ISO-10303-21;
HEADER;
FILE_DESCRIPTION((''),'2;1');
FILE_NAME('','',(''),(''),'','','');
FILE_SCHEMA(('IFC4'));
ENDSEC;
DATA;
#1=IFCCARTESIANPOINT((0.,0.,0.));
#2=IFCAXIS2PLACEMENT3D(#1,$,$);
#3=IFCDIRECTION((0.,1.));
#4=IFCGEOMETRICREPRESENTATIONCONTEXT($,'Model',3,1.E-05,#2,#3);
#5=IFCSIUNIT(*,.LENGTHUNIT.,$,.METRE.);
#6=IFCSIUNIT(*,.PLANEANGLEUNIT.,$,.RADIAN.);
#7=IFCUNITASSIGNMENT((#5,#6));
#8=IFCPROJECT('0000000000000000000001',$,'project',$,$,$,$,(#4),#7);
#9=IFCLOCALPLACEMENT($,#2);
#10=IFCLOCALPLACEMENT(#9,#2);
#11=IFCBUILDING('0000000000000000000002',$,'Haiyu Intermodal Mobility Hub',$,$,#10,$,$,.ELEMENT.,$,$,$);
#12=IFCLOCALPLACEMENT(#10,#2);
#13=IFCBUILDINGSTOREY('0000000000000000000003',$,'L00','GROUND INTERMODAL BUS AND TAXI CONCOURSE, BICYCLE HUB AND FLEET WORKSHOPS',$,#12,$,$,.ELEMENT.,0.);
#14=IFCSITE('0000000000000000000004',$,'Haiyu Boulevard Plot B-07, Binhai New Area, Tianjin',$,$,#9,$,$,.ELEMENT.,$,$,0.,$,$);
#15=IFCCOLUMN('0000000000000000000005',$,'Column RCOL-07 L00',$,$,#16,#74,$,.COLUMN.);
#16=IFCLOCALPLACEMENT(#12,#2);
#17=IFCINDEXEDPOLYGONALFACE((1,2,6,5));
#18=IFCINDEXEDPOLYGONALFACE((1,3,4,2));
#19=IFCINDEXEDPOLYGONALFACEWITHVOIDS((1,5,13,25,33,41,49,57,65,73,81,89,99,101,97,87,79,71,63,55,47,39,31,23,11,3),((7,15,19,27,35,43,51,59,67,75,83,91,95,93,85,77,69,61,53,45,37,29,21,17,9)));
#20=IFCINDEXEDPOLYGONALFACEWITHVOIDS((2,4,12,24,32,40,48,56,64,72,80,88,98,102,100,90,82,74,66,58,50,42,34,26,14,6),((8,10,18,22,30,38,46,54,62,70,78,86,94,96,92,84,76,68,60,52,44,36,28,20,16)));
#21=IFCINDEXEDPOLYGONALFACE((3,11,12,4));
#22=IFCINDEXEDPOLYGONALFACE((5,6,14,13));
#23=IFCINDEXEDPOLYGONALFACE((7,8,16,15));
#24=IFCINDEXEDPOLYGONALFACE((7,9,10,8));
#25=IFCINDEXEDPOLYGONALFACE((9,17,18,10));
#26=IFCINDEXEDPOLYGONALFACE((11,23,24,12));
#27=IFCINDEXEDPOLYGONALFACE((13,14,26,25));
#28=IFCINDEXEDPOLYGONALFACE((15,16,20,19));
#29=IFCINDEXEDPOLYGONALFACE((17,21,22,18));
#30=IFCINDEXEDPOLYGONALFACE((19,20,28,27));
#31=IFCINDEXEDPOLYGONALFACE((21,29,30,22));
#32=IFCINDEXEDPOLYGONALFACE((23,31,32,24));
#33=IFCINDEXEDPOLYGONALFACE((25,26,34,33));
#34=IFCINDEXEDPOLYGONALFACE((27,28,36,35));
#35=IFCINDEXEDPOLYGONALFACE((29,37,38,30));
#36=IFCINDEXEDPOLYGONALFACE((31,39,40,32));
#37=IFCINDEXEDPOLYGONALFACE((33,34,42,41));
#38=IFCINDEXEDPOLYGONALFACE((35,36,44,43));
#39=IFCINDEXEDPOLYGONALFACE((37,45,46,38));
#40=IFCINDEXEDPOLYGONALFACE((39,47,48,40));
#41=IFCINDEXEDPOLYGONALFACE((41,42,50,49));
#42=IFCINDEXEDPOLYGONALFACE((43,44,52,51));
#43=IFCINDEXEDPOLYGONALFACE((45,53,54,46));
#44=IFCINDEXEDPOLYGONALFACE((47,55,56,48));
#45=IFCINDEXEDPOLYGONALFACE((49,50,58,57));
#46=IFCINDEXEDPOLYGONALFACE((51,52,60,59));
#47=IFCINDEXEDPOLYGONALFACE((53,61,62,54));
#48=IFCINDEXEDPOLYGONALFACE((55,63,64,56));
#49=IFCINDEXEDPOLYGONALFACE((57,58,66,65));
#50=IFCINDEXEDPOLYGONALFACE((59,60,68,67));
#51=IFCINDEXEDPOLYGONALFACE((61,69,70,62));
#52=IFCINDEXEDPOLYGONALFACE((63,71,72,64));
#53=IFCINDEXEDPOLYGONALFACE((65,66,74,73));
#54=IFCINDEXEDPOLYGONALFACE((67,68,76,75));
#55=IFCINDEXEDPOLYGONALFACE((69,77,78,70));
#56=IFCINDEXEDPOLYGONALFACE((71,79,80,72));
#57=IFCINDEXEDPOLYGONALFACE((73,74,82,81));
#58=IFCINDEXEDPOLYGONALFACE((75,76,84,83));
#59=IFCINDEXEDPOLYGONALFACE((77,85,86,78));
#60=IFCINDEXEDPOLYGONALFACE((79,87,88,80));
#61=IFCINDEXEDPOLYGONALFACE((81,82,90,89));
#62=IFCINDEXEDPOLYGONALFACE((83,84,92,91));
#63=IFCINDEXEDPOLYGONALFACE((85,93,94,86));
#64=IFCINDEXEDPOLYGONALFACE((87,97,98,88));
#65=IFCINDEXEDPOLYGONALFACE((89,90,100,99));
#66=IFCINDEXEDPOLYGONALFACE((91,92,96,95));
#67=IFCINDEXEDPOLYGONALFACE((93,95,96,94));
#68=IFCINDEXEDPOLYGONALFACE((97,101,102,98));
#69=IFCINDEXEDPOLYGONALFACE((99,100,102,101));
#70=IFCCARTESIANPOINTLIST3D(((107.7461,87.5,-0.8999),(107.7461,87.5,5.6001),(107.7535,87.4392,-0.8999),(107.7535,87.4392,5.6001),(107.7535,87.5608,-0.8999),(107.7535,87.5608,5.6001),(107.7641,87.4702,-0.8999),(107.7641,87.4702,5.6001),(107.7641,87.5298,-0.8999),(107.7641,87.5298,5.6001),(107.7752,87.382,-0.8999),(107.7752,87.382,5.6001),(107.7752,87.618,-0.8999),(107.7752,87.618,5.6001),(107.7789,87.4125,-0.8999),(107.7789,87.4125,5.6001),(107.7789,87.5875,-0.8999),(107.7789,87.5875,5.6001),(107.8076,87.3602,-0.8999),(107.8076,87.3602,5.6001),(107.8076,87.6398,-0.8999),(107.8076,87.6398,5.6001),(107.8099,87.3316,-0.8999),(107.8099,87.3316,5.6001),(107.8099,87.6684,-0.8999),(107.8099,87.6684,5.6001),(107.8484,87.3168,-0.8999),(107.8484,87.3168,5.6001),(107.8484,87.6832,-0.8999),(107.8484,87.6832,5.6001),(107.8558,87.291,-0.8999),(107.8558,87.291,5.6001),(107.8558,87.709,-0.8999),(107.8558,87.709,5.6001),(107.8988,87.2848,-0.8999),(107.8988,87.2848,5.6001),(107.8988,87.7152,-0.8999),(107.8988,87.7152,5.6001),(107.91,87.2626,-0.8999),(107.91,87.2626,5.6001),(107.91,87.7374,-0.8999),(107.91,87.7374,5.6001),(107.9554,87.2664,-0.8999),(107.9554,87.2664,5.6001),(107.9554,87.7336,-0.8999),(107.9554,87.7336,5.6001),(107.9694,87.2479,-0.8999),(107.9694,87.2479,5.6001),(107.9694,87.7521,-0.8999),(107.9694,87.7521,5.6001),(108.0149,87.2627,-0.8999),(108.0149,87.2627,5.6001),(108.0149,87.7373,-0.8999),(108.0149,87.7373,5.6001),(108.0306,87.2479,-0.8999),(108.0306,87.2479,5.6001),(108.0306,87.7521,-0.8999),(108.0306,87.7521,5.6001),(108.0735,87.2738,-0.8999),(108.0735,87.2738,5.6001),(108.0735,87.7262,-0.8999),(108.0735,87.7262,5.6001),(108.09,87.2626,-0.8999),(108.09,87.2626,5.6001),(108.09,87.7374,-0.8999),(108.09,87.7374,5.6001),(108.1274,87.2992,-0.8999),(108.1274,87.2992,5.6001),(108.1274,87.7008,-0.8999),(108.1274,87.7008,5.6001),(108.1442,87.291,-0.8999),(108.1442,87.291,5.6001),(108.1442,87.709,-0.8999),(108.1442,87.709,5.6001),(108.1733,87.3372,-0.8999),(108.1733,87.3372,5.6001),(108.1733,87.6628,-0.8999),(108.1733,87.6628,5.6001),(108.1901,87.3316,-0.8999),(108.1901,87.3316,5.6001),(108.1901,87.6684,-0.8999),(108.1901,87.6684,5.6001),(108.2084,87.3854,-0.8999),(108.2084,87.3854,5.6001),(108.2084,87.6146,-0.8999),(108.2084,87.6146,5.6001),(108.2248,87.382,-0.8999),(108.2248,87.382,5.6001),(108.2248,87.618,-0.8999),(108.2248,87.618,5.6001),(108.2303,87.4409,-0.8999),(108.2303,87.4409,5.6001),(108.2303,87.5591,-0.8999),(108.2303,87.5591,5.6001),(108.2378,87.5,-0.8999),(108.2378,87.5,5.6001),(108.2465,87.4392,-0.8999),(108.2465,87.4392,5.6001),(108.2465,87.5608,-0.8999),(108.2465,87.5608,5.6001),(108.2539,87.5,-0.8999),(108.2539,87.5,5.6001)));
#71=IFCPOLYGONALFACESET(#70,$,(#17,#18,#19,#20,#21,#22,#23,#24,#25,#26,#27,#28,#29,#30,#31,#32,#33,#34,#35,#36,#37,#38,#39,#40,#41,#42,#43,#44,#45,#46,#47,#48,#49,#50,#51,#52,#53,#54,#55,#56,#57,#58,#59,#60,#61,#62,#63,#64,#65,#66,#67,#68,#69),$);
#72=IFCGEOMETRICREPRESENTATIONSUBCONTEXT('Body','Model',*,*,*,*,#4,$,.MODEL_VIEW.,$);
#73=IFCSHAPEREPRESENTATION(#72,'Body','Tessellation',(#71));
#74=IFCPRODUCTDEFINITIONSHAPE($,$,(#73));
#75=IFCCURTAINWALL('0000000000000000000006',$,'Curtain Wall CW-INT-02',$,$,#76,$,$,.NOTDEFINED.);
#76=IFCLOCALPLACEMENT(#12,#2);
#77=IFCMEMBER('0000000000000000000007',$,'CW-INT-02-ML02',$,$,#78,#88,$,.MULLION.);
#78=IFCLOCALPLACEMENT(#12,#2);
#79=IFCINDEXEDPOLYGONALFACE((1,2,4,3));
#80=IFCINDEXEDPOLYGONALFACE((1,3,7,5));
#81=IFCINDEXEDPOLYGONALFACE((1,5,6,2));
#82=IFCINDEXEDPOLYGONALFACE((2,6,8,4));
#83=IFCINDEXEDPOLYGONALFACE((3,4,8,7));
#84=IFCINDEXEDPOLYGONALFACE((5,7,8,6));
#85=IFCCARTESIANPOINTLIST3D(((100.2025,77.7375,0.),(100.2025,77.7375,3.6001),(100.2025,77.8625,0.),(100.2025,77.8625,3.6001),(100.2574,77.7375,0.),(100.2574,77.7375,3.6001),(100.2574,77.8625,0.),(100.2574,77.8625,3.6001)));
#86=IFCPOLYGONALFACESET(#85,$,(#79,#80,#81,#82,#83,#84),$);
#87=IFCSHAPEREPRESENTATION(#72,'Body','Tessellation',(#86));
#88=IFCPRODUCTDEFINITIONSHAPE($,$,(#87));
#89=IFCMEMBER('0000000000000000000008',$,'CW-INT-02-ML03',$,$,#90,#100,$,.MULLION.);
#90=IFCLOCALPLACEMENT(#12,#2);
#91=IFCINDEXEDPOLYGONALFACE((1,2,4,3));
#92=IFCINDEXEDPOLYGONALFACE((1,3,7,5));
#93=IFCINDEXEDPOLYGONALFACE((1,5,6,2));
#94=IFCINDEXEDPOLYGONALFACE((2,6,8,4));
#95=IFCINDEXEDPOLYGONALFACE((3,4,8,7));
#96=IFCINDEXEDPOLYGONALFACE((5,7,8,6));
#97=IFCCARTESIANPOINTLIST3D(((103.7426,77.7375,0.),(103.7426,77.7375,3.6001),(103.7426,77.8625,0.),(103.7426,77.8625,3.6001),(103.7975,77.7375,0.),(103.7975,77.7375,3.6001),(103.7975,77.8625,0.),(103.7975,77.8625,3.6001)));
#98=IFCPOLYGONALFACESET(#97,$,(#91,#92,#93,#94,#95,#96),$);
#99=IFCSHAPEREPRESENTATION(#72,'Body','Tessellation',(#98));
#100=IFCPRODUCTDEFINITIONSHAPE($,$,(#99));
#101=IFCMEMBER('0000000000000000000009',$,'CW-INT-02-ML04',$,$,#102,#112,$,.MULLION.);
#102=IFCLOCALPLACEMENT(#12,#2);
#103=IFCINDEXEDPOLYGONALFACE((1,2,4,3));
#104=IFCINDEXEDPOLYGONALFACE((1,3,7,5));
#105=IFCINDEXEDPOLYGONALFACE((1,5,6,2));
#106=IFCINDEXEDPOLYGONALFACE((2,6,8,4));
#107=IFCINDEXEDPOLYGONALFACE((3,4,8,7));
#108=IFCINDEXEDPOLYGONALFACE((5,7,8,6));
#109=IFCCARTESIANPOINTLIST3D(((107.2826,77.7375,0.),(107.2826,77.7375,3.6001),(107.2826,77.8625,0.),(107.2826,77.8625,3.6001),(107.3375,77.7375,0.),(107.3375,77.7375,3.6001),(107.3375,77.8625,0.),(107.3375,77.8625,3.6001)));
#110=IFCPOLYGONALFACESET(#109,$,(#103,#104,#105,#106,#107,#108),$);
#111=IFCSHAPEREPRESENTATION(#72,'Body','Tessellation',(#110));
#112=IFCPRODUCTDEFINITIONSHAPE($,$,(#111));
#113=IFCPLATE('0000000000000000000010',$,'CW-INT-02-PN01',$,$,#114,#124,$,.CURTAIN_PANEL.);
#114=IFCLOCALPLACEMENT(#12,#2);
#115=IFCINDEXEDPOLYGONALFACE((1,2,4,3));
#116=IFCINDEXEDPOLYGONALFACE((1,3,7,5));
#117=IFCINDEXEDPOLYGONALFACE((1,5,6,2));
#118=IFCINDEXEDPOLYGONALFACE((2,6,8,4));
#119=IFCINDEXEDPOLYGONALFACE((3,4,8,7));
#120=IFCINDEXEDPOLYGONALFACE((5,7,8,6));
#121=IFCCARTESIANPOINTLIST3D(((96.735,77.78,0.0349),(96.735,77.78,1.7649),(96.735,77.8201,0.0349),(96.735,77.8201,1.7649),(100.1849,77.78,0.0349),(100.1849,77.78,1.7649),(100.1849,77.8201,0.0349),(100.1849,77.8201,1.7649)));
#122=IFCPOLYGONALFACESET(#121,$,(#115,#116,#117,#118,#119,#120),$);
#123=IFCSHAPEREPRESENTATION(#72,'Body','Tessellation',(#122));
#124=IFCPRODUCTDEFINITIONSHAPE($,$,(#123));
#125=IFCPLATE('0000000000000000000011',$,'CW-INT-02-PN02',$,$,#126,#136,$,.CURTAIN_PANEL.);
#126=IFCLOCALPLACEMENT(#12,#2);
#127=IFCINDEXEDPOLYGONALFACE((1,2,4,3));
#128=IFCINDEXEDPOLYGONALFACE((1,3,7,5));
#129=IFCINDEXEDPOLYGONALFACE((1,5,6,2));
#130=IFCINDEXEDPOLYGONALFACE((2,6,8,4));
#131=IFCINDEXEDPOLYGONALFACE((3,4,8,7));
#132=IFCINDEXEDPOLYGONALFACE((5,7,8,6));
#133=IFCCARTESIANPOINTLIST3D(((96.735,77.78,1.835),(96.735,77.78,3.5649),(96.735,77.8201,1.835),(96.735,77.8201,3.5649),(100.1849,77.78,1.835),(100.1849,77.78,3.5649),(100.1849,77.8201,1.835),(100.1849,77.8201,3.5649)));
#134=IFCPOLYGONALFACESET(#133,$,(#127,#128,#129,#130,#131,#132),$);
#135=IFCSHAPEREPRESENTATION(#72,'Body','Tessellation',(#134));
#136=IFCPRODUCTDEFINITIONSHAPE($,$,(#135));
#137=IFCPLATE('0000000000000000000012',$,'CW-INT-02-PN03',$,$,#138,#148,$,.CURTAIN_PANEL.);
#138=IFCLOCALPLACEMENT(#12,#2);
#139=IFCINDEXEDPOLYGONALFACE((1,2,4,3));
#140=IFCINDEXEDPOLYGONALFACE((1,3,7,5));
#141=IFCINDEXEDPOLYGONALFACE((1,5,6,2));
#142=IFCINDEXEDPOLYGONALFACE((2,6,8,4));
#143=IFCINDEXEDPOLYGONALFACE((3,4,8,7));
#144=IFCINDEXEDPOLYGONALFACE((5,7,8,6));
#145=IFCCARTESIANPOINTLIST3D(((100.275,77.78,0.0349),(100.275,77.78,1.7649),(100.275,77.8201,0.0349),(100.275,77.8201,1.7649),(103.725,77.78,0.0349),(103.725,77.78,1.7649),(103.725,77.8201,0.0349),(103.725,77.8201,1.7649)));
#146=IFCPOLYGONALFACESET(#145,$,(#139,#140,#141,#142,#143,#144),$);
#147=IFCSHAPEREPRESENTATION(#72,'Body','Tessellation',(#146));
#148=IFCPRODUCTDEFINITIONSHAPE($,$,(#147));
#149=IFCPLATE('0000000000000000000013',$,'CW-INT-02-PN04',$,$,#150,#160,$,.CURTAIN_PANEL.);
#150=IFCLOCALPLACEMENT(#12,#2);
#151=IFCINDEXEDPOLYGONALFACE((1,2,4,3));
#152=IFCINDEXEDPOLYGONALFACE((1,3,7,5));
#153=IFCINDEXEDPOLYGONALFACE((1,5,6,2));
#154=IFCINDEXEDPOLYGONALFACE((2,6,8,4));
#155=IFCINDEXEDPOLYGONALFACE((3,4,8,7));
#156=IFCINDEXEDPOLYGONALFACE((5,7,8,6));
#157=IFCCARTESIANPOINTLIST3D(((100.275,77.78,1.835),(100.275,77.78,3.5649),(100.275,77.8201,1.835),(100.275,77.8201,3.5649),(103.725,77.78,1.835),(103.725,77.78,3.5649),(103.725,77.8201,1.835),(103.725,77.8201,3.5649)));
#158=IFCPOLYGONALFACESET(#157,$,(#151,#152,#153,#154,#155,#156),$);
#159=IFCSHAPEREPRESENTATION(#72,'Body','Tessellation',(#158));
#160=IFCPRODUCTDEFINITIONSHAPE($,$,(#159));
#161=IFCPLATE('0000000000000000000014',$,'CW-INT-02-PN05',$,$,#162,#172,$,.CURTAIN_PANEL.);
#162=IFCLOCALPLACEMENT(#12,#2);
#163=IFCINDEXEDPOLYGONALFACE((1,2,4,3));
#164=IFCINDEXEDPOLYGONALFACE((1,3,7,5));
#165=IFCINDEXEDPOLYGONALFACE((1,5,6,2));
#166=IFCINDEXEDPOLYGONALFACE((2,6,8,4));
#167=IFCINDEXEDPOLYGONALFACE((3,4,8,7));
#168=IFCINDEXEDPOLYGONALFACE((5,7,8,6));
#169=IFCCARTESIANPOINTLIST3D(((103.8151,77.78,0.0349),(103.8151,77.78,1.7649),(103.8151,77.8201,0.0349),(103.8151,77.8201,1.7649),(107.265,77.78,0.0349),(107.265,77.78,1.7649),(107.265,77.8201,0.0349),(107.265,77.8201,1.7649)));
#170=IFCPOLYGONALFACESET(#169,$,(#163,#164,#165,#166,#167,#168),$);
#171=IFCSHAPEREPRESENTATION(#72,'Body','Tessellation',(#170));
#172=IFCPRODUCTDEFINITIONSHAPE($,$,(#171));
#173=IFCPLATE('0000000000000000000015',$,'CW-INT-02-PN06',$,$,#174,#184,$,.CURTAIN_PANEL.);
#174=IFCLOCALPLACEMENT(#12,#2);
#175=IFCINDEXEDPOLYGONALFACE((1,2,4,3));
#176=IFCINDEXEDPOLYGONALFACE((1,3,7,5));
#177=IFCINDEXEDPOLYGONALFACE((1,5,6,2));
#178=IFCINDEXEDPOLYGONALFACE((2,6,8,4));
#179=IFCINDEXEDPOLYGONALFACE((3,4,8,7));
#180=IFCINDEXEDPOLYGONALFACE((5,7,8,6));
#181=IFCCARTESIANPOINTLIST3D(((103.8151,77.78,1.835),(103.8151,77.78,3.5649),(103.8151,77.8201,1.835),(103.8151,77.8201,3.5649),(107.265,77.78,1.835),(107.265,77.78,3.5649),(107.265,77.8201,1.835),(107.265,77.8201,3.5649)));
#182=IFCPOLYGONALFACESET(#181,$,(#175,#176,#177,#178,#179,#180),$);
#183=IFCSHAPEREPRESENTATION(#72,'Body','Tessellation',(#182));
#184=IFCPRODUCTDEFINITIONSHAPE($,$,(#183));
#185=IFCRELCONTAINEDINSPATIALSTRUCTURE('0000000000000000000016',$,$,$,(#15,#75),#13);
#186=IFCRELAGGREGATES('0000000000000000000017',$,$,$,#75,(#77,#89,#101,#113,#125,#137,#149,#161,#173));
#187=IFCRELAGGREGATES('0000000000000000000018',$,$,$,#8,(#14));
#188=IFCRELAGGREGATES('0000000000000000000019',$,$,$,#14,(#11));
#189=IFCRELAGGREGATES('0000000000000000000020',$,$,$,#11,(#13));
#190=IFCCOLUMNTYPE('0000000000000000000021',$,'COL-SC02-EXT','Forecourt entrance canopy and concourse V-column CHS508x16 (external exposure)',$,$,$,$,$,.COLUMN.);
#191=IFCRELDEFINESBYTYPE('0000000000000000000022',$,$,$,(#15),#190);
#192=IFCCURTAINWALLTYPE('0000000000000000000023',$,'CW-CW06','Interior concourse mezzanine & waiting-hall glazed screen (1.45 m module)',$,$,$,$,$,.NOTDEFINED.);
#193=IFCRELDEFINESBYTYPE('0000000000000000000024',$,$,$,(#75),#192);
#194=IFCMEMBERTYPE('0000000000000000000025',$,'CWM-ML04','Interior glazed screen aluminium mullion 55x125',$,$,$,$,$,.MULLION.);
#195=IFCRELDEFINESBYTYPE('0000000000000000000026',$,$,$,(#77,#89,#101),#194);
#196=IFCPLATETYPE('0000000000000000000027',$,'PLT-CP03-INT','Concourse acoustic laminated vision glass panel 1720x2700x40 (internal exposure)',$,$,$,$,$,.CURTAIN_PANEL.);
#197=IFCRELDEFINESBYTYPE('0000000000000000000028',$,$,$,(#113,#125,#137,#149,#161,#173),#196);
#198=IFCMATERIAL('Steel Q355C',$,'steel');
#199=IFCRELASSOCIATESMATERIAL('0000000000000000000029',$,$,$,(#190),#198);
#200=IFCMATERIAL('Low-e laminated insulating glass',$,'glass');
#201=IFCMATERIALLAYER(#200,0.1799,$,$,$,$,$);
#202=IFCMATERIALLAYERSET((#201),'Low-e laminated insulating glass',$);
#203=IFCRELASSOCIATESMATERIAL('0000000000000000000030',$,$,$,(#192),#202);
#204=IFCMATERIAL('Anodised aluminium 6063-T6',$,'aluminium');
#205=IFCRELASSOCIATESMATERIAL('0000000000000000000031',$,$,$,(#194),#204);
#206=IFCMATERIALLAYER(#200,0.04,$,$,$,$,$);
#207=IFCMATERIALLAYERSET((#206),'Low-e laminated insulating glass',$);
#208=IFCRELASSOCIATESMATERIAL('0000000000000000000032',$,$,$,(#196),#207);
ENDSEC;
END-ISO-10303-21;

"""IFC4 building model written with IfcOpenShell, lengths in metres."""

from ifc_helpers import new_model, si_unit, direction, frame, origin, origin_2d, place, context, subcontext, project, spatial, rectangle, hollow_circle, extrude, material, layer, layer_set, material_profile, profile_set, type_object, element, aggregate, save


model = new_model("IFC4")

# Units and contexts
model_context = context("Model", 3, precision=1e-05, world=origin(), true_north=direction((0.0, 1.0)))
body_context = subcontext(model_context, "Body", "Model", "MODEL_VIEW")
ifc_project = project(units=[si_unit("LENGTHUNIT", "METRE"), si_unit("PLANEANGLEUNIT", "RADIAN")], contexts=[model_context])

# Site, building, storey
site_placement = place(None, origin())
site = spatial("IfcSite", under=ifc_project, at=site_placement, Name="Haiyu Boulevard Plot B-07, Binhai New Area, Tianjin", CompositionType="ELEMENT", RefElevation=0.0)
building_placement = place(site_placement, origin())
building = spatial("IfcBuilding", under=site, at=building_placement, Name="Haiyu Intermodal Mobility Hub", CompositionType="ELEMENT")
storey_placement = place(building_placement, origin())
storey = spatial("IfcBuildingStorey", under=building, at=storey_placement, Name="L00", Description="GROUND INTERMODAL BUS AND TAXI CONCOURSE, BICYCLE HUB AND FLEET WORKSHOPS", CompositionType="ELEMENT", Elevation=0.0)

# Column
ifc_material_1 = material(Name="Steel Q355C", Category="steel")
ifc_material_profile_1 = material_profile(ifc_material_1, hollow_circle(Radius=0.2539, WallThickness=0.0161, at=origin_2d()), Name="CHS508x16")
ifc_profile_set_1 = profile_set([ifc_material_profile_1], Name="Steel Q355C")
column_type_1 = type_object("IfcColumnType", Name="COL-SC02-EXT", Description="Forecourt entrance canopy and concourse V-column CHS508x16 (external exposure)", PredefinedType="COLUMN", material=ifc_profile_set_1)
column_placement = place(storey_placement, frame((108.0, 87.5, -0.8999), z_axis=(0.0, 0.0, 1.0), x_axis=(1.0, 0.0, 0.0)))
element("IfcColumn", 1, at=column_placement, inside=storey, type_object=column_type_1, Name="Column RCOL-07 L00", PredefinedType="COLUMN", context=body_context, shape_type="SweptSolid", body=[
    extrude(hollow_circle(Radius=0.2539, WallThickness=0.0161, at=origin_2d()), origin(), (0.0, 0.0, 1.0), 6.5),
])

# Curtain wall, members, plates
ifc_material_2 = material(Name="Low-e laminated insulating glass", Category="glass")
ifc_layer_1 = layer(ifc_material_2, 0.1799)
ifc_layer_set_1 = layer_set([ifc_layer_1], Name="Low-e laminated insulating glass")
curtain_wall_type = type_object("IfcCurtainWallType", Name="CW-CW06", Description="Interior concourse mezzanine & waiting-hall glazed screen (1.45 m module)", PredefinedType="NOTDEFINED", material=ifc_layer_set_1)
curtain_wall_placement = place(storey_placement, origin())
curtain_wall = element("IfcCurtainWall", 2, at=curtain_wall_placement, inside=storey, type_object=curtain_wall_type, Name="Curtain Wall CW-INT-02", PredefinedType="NOTDEFINED")
ifc_material_3 = material(Name="Anodised aluminium 6063-T6", Category="aluminium")
ifc_material_profile_2 = material_profile(ifc_material_3, rectangle(XDim=0.0549, YDim=0.125, at=origin_2d()), Name="ALU55x125")
ifc_profile_set_2 = profile_set([ifc_material_profile_2], Name="Anodised aluminium 6063-T6")
member_type = type_object("IfcMemberType", Name="CWM-ML04", Description="Interior glazed screen aluminium mullion 55x125", PredefinedType="MULLION", material=ifc_profile_set_2)
member_1_placement = place(storey_placement, frame((100.23, 77.8, 0.0), z_axis=(0.0, 0.0, 1.0), x_axis=(1.0, 0.0, 0.0)))
member_1 = element("IfcMember", 3, at=member_1_placement, type_object=member_type, Name="CW-INT-02-ML02", PredefinedType="MULLION", context=body_context, shape_type="SweptSolid", body=[
    extrude(rectangle(XDim=0.0549, YDim=0.125, at=origin_2d()), origin(), (0.0, 0.0, 1.0), 3.6001),
])
member_2_placement = place(storey_placement, frame((103.77, 77.8, 0.0), z_axis=(0.0, 0.0, 1.0), x_axis=(1.0, 0.0, 0.0)))
member_2 = element("IfcMember", 4, at=member_2_placement, type_object=member_type, Name="CW-INT-02-ML03", PredefinedType="MULLION", context=body_context, shape_type="SweptSolid", body=[
    extrude(rectangle(XDim=0.0549, YDim=0.125, at=origin_2d()), origin(), (0.0, 0.0, 1.0), 3.6001),
])
member_3_placement = place(storey_placement, frame((107.3101, 77.8, 0.0), z_axis=(0.0, 0.0, 1.0), x_axis=(1.0, 0.0, 0.0)))
member_3 = element("IfcMember", 5, at=member_3_placement, type_object=member_type, Name="CW-INT-02-ML04", PredefinedType="MULLION", context=body_context, shape_type="SweptSolid", body=[
    extrude(rectangle(XDim=0.0549, YDim=0.125, at=origin_2d()), origin(), (0.0, 0.0, 1.0), 3.6001),
])
ifc_layer_2 = layer(ifc_material_2, 0.04)
ifc_layer_set_2 = layer_set([ifc_layer_2], Name="Low-e laminated insulating glass")
plate_type = type_object("IfcPlateType", Name="PLT-CP03-INT", Description="Concourse acoustic laminated vision glass panel 1720x2700x40 (internal exposure)", PredefinedType="CURTAIN_PANEL", material=ifc_layer_set_2)
plate_1_placement = place(storey_placement, frame((98.46, 77.8, 0.0349), z_axis=(0.0, 0.0, 1.0), x_axis=(1.0, 0.0, 0.0)))
plate_1 = element("IfcPlate", 6, at=plate_1_placement, type_object=plate_type, Name="CW-INT-02-PN01", PredefinedType="CURTAIN_PANEL", context=body_context, shape_type="SweptSolid", body=[
    extrude(rectangle(XDim=3.45, YDim=0.04, at=origin_2d()), origin(), (0.0, 0.0, 1.0), 1.73),
])
plate_2_placement = place(storey_placement, frame((98.46, 77.8, 1.835), z_axis=(0.0, 0.0, 1.0), x_axis=(1.0, 0.0, 0.0)))
plate_2 = element("IfcPlate", 7, at=plate_2_placement, type_object=plate_type, Name="CW-INT-02-PN02", PredefinedType="CURTAIN_PANEL", context=body_context, shape_type="SweptSolid", body=[
    extrude(rectangle(XDim=3.45, YDim=0.04, at=origin_2d()), origin(), (0.0, 0.0, 1.0), 1.73),
])
plate_3_placement = place(storey_placement, frame((102.0, 77.8, 0.0349), z_axis=(0.0, 0.0, 1.0), x_axis=(1.0, 0.0, 0.0)))
plate_3 = element("IfcPlate", 8, at=plate_3_placement, type_object=plate_type, Name="CW-INT-02-PN03", PredefinedType="CURTAIN_PANEL", context=body_context, shape_type="SweptSolid", body=[
    extrude(rectangle(XDim=3.45, YDim=0.04, at=origin_2d()), origin(), (0.0, 0.0, 1.0), 1.73),
])
plate_4_placement = place(storey_placement, frame((102.0, 77.8, 1.835), z_axis=(0.0, 0.0, 1.0), x_axis=(1.0, 0.0, 0.0)))
plate_4 = element("IfcPlate", 9, at=plate_4_placement, type_object=plate_type, Name="CW-INT-02-PN04", PredefinedType="CURTAIN_PANEL", context=body_context, shape_type="SweptSolid", body=[
    extrude(rectangle(XDim=3.45, YDim=0.04, at=origin_2d()), origin(), (0.0, 0.0, 1.0), 1.73),
])
plate_5_placement = place(storey_placement, frame((105.54, 77.8, 0.0349), z_axis=(0.0, 0.0, 1.0), x_axis=(1.0, 0.0, 0.0)))
plate_5 = element("IfcPlate", 10, at=plate_5_placement, type_object=plate_type, Name="CW-INT-02-PN05", PredefinedType="CURTAIN_PANEL", context=body_context, shape_type="SweptSolid", body=[
    extrude(rectangle(XDim=3.45, YDim=0.04, at=origin_2d()), origin(), (0.0, 0.0, 1.0), 1.73),
])
plate_6_placement = place(storey_placement, frame((105.54, 77.8, 1.835), z_axis=(0.0, 0.0, 1.0), x_axis=(1.0, 0.0, 0.0)))
plate_6 = element("IfcPlate", 11, at=plate_6_placement, type_object=plate_type, Name="CW-INT-02-PN06", PredefinedType="CURTAIN_PANEL", context=body_context, shape_type="SweptSolid", body=[
    extrude(rectangle(XDim=3.45, YDim=0.04, at=origin_2d()), origin(), (0.0, 0.0, 1.0), 1.73),
])
aggregate(curtain_wall, [member_1, member_2, member_3, plate_1, plate_2, plate_3, plate_4, plate_5, plate_6])

save(model, "model.ifc")
